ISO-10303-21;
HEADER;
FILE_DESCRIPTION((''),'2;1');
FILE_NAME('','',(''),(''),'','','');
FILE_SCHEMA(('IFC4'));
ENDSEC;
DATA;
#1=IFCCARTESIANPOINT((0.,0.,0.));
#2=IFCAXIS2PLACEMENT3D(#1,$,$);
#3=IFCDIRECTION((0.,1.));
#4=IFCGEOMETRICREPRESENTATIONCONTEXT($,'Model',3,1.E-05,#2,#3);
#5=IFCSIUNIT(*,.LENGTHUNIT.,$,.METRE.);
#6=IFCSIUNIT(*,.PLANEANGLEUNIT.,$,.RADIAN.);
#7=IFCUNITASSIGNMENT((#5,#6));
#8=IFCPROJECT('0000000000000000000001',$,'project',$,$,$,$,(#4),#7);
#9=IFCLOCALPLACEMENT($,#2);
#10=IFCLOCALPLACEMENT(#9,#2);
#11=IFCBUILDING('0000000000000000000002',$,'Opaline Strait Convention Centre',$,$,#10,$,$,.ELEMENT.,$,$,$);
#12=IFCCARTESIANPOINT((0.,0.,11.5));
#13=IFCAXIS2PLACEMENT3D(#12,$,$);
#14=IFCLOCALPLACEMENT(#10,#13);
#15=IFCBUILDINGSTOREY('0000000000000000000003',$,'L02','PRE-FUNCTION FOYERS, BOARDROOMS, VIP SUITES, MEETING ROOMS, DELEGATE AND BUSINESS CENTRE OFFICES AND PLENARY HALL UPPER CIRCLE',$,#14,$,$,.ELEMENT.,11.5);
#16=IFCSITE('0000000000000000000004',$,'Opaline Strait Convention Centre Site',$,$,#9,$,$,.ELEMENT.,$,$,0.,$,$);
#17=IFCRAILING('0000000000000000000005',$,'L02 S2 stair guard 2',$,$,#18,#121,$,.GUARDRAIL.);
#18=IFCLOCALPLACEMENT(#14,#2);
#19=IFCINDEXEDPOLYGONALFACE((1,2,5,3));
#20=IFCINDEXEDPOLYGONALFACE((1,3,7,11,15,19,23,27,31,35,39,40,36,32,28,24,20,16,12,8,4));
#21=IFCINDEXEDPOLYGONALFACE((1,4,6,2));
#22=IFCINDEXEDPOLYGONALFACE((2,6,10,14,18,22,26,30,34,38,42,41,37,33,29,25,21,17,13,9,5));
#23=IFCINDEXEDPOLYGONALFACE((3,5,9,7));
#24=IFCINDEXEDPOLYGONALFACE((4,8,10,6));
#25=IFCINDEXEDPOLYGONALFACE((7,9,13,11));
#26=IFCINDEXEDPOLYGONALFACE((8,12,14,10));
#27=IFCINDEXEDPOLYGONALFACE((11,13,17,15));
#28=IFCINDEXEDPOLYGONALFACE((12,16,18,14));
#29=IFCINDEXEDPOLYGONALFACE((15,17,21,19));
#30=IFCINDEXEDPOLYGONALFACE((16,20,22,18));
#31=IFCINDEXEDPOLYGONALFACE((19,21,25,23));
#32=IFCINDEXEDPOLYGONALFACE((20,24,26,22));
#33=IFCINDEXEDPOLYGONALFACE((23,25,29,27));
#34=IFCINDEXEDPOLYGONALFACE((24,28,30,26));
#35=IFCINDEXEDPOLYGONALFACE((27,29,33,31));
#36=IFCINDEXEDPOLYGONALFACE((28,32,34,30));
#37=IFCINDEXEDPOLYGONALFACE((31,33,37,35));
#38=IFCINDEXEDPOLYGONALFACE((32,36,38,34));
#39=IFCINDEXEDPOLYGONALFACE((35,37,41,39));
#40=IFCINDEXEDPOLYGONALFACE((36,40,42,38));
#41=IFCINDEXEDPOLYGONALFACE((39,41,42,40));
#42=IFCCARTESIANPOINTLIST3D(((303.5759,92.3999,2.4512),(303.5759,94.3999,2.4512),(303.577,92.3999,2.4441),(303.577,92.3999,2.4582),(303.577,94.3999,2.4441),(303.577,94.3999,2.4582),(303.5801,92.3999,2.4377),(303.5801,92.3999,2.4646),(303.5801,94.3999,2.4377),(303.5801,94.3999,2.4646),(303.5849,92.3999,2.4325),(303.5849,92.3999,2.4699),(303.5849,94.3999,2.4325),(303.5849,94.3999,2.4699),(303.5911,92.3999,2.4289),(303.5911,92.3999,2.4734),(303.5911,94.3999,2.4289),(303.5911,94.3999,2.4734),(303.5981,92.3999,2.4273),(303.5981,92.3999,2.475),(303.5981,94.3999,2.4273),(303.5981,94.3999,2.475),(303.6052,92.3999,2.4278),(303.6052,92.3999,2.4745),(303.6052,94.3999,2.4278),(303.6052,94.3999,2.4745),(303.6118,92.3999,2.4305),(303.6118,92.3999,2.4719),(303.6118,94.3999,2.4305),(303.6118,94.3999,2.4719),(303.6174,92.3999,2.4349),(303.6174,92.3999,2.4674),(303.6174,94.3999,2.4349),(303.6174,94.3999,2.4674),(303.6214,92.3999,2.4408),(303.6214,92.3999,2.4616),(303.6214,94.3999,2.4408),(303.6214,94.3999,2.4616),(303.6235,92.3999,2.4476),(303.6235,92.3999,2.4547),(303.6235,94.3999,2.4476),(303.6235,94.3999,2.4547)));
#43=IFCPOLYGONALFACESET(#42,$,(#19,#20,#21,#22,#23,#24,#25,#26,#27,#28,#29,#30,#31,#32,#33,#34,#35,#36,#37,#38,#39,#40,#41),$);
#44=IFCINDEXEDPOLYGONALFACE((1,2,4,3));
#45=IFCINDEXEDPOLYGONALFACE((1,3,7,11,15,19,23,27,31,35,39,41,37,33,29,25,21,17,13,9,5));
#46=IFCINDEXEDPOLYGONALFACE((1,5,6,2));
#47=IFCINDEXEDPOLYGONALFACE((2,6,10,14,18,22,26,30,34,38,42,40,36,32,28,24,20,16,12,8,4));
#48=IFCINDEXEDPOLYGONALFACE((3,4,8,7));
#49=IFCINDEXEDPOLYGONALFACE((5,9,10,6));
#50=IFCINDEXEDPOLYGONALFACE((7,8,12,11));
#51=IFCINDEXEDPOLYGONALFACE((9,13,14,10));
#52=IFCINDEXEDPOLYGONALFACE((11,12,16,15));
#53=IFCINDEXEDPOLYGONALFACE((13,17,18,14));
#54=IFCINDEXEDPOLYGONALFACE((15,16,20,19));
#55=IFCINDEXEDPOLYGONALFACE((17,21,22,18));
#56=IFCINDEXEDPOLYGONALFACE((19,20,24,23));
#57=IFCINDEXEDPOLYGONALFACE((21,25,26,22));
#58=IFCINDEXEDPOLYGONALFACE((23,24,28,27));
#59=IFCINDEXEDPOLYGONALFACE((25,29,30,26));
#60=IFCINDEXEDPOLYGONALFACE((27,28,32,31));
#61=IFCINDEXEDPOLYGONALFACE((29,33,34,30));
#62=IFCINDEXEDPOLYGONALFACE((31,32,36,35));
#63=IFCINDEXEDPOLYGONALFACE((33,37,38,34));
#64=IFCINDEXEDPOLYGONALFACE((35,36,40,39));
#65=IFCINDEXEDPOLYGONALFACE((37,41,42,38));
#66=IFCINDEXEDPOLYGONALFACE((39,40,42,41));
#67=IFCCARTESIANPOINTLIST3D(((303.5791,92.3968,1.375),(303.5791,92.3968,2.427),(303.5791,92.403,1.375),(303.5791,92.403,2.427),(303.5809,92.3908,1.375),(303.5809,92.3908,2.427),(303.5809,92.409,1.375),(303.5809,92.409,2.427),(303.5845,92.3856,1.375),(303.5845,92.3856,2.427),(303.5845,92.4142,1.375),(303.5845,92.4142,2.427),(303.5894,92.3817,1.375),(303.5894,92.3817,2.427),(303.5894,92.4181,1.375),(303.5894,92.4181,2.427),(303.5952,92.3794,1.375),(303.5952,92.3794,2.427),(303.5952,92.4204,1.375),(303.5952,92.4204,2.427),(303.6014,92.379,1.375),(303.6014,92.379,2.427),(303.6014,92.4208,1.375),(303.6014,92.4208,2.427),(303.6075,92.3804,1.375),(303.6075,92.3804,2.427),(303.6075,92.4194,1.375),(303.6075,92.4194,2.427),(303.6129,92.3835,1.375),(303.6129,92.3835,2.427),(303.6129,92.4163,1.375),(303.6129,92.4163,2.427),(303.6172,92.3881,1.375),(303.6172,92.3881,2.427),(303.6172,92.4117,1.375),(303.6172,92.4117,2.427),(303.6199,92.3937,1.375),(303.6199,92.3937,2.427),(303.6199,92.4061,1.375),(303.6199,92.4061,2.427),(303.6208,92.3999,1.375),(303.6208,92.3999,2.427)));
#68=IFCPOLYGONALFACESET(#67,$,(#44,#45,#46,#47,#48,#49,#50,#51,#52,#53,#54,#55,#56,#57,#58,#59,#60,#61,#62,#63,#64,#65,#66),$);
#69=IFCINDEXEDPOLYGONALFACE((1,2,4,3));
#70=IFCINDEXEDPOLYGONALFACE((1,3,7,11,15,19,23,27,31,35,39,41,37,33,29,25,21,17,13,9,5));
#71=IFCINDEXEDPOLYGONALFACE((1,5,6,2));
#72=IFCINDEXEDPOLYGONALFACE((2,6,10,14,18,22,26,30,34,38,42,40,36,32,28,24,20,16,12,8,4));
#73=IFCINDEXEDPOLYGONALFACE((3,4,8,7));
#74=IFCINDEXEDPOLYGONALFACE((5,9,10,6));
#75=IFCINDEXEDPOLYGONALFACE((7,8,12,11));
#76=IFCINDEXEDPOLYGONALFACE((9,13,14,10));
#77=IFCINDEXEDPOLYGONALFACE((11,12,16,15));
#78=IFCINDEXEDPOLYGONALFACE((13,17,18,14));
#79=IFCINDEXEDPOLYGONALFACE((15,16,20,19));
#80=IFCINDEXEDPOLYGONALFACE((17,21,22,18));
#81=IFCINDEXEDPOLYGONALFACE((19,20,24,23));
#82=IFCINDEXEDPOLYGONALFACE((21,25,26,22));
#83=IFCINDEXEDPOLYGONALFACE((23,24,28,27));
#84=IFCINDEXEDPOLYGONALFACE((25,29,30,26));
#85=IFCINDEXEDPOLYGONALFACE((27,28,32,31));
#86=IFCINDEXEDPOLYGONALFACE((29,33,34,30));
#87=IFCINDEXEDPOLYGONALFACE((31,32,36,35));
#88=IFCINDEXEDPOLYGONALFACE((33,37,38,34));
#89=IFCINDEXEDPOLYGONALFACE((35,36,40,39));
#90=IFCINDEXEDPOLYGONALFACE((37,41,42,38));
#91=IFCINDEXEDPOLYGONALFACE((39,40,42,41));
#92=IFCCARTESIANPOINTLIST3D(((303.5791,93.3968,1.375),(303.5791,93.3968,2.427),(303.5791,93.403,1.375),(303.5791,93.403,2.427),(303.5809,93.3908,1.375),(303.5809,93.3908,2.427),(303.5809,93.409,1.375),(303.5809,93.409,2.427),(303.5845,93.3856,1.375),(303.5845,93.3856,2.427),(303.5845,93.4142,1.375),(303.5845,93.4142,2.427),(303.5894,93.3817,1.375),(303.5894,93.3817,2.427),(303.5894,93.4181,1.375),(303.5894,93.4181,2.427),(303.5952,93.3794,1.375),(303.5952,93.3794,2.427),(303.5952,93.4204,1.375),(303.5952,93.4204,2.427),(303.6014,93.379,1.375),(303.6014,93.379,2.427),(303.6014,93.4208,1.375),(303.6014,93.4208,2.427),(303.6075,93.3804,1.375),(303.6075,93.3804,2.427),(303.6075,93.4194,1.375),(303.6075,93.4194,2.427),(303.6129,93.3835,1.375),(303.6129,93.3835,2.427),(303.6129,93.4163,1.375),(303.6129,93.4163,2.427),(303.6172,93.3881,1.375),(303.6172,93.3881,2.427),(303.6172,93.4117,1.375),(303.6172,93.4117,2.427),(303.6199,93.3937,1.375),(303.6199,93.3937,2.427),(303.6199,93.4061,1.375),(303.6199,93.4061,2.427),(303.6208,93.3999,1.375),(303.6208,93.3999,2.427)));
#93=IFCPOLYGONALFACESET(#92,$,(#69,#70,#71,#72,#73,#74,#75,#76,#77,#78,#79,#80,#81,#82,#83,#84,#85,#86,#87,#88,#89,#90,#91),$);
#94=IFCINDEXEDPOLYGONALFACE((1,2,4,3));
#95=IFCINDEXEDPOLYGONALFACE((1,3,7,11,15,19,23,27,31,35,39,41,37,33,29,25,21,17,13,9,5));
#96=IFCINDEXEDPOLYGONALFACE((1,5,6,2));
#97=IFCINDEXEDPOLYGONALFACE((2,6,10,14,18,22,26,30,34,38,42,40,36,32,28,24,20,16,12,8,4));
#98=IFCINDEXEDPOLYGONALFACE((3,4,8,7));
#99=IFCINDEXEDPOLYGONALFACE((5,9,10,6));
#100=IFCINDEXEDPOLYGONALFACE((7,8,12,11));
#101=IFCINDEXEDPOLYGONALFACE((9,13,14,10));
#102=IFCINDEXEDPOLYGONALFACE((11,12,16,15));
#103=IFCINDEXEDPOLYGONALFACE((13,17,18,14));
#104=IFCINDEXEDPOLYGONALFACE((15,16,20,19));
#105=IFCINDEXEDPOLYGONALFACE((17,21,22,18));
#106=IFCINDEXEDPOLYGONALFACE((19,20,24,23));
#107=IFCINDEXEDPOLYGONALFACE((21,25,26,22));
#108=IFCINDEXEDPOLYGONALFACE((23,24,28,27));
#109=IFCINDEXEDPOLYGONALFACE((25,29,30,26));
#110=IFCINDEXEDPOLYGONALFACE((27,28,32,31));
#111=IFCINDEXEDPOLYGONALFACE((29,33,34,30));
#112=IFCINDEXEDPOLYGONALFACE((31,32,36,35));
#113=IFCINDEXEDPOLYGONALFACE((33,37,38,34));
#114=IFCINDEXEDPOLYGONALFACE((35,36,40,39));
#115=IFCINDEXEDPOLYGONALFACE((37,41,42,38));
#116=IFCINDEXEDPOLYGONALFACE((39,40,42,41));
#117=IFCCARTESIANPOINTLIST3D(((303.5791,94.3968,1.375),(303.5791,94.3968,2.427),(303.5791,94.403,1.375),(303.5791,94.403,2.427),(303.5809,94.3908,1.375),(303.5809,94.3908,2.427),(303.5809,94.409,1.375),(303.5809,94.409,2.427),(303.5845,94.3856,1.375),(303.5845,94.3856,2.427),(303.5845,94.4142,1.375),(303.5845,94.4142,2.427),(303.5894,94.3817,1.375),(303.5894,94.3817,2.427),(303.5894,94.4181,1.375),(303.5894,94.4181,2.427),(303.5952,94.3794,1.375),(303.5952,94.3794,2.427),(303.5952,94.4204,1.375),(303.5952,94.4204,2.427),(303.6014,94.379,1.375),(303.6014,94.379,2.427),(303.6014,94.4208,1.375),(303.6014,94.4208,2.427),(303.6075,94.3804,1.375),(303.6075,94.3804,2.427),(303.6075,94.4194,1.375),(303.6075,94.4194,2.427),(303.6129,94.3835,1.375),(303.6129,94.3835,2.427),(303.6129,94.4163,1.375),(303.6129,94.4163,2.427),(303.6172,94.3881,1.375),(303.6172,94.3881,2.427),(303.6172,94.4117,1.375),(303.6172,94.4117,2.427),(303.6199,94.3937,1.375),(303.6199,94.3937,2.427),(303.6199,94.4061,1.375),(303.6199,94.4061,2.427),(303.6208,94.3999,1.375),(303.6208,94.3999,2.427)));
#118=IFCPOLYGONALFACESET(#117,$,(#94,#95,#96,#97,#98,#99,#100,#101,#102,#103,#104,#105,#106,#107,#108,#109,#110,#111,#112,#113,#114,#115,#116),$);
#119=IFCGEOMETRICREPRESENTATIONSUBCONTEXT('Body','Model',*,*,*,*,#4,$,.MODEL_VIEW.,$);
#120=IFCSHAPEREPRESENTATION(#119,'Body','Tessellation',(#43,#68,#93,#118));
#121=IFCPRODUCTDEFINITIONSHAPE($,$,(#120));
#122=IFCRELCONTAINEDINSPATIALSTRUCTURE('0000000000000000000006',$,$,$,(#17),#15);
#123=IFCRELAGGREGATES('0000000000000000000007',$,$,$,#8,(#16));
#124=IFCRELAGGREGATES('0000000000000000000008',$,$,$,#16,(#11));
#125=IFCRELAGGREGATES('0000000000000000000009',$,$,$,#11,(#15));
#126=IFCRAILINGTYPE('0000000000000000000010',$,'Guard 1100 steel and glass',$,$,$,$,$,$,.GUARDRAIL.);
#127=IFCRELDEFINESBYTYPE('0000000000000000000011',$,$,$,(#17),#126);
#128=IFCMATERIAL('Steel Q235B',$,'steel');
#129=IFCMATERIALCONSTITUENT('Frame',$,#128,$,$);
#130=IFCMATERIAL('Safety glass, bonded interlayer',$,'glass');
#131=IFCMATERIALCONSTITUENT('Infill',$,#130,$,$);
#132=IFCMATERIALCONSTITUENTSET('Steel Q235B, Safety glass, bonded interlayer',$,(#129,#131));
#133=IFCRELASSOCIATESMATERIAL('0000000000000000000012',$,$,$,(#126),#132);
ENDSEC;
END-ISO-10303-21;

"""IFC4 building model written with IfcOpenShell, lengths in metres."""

from ifc_helpers import new_model, si_unit, direction, frame, origin, origin_2d, place, context, subcontext, project, spatial, circle, extrude, material, constituent, constituent_set, type_object, element, save


model = new_model("IFC4")

# Units and contexts
model_context = context("Model", 3, precision=1e-05, world=origin(), true_north=direction((0.0, 1.0)))
body_context = subcontext(model_context, "Body", "Model", "MODEL_VIEW")
ifc_project = project(units=[si_unit("LENGTHUNIT", "METRE"), si_unit("PLANEANGLEUNIT", "RADIAN")], contexts=[model_context])

# Site, building, storey
site_placement = place(None, origin())
site = spatial("IfcSite", under=ifc_project, at=site_placement, Name="Opaline Strait Convention Centre Site", CompositionType="ELEMENT", RefElevation=0.0)
building_placement = place(site_placement, origin())
building = spatial("IfcBuilding", under=site, at=building_placement, Name="Opaline Strait Convention Centre", CompositionType="ELEMENT")
storey_placement = place(building_placement, frame((0.0, 0.0, 11.5)))
storey = spatial("IfcBuildingStorey", under=building, at=storey_placement, Name="L02", Description="PRE-FUNCTION FOYERS, BOARDROOMS, VIP SUITES, MEETING ROOMS, DELEGATE AND BUSINESS CENTRE OFFICES AND PLENARY HALL UPPER CIRCLE", CompositionType="ELEMENT", Elevation=11.5)

# Shared definitions
ifc_material_1 = material(Name="Steel Q235B", Category="steel")

# Railing
ifc_constituent_1 = constituent(ifc_material_1, Name="Frame")
ifc_material_2 = material(Name="Safety glass, bonded interlayer", Category="glass")
ifc_constituent_2 = constituent(ifc_material_2, Name="Infill")
ifc_constituent_set = constituent_set(constituents=[ifc_constituent_1, ifc_constituent_2], Name="Steel Q235B, Safety glass, bonded interlayer")
railing_type_1 = type_object("IfcRailingType", Name="Guard 1100 steel and glass", PredefinedType="GUARDRAIL", material=ifc_constituent_set)
railing_1_placement = place(storey_placement, frame((303.5999, 92.3999, 1.375)))
element("IfcRailing", 1, at=railing_1_placement, inside=storey, type_object=railing_type_1, Name="L02 S2 stair guard 2", PredefinedType="GUARDRAIL", context=body_context, shape_type="SweptSolid", body=[
    extrude(circle(Radius=0.0239, at=origin_2d()), frame((0.0, 0.0, 1.0762), z_axis=(0.0, 1.0, 0.0), x_axis=(-1.0, 0.0, 0.0)), (0.0, 0.0, 1.0), 2.0),
    extrude(circle(Radius=0.021, at=origin_2d()), origin(), (0.0, 0.0, 1.0), 1.052),
    extrude(circle(Radius=0.021, at=origin_2d()), frame((0.0, 1.0, 0.0)), (0.0, 0.0, 1.0), 1.052),
    extrude(circle(Radius=0.021, at=origin_2d()), frame((0.0, 2.0, 0.0)), (0.0, 0.0, 1.0), 1.052),
])

save(model, "model.ifc")
